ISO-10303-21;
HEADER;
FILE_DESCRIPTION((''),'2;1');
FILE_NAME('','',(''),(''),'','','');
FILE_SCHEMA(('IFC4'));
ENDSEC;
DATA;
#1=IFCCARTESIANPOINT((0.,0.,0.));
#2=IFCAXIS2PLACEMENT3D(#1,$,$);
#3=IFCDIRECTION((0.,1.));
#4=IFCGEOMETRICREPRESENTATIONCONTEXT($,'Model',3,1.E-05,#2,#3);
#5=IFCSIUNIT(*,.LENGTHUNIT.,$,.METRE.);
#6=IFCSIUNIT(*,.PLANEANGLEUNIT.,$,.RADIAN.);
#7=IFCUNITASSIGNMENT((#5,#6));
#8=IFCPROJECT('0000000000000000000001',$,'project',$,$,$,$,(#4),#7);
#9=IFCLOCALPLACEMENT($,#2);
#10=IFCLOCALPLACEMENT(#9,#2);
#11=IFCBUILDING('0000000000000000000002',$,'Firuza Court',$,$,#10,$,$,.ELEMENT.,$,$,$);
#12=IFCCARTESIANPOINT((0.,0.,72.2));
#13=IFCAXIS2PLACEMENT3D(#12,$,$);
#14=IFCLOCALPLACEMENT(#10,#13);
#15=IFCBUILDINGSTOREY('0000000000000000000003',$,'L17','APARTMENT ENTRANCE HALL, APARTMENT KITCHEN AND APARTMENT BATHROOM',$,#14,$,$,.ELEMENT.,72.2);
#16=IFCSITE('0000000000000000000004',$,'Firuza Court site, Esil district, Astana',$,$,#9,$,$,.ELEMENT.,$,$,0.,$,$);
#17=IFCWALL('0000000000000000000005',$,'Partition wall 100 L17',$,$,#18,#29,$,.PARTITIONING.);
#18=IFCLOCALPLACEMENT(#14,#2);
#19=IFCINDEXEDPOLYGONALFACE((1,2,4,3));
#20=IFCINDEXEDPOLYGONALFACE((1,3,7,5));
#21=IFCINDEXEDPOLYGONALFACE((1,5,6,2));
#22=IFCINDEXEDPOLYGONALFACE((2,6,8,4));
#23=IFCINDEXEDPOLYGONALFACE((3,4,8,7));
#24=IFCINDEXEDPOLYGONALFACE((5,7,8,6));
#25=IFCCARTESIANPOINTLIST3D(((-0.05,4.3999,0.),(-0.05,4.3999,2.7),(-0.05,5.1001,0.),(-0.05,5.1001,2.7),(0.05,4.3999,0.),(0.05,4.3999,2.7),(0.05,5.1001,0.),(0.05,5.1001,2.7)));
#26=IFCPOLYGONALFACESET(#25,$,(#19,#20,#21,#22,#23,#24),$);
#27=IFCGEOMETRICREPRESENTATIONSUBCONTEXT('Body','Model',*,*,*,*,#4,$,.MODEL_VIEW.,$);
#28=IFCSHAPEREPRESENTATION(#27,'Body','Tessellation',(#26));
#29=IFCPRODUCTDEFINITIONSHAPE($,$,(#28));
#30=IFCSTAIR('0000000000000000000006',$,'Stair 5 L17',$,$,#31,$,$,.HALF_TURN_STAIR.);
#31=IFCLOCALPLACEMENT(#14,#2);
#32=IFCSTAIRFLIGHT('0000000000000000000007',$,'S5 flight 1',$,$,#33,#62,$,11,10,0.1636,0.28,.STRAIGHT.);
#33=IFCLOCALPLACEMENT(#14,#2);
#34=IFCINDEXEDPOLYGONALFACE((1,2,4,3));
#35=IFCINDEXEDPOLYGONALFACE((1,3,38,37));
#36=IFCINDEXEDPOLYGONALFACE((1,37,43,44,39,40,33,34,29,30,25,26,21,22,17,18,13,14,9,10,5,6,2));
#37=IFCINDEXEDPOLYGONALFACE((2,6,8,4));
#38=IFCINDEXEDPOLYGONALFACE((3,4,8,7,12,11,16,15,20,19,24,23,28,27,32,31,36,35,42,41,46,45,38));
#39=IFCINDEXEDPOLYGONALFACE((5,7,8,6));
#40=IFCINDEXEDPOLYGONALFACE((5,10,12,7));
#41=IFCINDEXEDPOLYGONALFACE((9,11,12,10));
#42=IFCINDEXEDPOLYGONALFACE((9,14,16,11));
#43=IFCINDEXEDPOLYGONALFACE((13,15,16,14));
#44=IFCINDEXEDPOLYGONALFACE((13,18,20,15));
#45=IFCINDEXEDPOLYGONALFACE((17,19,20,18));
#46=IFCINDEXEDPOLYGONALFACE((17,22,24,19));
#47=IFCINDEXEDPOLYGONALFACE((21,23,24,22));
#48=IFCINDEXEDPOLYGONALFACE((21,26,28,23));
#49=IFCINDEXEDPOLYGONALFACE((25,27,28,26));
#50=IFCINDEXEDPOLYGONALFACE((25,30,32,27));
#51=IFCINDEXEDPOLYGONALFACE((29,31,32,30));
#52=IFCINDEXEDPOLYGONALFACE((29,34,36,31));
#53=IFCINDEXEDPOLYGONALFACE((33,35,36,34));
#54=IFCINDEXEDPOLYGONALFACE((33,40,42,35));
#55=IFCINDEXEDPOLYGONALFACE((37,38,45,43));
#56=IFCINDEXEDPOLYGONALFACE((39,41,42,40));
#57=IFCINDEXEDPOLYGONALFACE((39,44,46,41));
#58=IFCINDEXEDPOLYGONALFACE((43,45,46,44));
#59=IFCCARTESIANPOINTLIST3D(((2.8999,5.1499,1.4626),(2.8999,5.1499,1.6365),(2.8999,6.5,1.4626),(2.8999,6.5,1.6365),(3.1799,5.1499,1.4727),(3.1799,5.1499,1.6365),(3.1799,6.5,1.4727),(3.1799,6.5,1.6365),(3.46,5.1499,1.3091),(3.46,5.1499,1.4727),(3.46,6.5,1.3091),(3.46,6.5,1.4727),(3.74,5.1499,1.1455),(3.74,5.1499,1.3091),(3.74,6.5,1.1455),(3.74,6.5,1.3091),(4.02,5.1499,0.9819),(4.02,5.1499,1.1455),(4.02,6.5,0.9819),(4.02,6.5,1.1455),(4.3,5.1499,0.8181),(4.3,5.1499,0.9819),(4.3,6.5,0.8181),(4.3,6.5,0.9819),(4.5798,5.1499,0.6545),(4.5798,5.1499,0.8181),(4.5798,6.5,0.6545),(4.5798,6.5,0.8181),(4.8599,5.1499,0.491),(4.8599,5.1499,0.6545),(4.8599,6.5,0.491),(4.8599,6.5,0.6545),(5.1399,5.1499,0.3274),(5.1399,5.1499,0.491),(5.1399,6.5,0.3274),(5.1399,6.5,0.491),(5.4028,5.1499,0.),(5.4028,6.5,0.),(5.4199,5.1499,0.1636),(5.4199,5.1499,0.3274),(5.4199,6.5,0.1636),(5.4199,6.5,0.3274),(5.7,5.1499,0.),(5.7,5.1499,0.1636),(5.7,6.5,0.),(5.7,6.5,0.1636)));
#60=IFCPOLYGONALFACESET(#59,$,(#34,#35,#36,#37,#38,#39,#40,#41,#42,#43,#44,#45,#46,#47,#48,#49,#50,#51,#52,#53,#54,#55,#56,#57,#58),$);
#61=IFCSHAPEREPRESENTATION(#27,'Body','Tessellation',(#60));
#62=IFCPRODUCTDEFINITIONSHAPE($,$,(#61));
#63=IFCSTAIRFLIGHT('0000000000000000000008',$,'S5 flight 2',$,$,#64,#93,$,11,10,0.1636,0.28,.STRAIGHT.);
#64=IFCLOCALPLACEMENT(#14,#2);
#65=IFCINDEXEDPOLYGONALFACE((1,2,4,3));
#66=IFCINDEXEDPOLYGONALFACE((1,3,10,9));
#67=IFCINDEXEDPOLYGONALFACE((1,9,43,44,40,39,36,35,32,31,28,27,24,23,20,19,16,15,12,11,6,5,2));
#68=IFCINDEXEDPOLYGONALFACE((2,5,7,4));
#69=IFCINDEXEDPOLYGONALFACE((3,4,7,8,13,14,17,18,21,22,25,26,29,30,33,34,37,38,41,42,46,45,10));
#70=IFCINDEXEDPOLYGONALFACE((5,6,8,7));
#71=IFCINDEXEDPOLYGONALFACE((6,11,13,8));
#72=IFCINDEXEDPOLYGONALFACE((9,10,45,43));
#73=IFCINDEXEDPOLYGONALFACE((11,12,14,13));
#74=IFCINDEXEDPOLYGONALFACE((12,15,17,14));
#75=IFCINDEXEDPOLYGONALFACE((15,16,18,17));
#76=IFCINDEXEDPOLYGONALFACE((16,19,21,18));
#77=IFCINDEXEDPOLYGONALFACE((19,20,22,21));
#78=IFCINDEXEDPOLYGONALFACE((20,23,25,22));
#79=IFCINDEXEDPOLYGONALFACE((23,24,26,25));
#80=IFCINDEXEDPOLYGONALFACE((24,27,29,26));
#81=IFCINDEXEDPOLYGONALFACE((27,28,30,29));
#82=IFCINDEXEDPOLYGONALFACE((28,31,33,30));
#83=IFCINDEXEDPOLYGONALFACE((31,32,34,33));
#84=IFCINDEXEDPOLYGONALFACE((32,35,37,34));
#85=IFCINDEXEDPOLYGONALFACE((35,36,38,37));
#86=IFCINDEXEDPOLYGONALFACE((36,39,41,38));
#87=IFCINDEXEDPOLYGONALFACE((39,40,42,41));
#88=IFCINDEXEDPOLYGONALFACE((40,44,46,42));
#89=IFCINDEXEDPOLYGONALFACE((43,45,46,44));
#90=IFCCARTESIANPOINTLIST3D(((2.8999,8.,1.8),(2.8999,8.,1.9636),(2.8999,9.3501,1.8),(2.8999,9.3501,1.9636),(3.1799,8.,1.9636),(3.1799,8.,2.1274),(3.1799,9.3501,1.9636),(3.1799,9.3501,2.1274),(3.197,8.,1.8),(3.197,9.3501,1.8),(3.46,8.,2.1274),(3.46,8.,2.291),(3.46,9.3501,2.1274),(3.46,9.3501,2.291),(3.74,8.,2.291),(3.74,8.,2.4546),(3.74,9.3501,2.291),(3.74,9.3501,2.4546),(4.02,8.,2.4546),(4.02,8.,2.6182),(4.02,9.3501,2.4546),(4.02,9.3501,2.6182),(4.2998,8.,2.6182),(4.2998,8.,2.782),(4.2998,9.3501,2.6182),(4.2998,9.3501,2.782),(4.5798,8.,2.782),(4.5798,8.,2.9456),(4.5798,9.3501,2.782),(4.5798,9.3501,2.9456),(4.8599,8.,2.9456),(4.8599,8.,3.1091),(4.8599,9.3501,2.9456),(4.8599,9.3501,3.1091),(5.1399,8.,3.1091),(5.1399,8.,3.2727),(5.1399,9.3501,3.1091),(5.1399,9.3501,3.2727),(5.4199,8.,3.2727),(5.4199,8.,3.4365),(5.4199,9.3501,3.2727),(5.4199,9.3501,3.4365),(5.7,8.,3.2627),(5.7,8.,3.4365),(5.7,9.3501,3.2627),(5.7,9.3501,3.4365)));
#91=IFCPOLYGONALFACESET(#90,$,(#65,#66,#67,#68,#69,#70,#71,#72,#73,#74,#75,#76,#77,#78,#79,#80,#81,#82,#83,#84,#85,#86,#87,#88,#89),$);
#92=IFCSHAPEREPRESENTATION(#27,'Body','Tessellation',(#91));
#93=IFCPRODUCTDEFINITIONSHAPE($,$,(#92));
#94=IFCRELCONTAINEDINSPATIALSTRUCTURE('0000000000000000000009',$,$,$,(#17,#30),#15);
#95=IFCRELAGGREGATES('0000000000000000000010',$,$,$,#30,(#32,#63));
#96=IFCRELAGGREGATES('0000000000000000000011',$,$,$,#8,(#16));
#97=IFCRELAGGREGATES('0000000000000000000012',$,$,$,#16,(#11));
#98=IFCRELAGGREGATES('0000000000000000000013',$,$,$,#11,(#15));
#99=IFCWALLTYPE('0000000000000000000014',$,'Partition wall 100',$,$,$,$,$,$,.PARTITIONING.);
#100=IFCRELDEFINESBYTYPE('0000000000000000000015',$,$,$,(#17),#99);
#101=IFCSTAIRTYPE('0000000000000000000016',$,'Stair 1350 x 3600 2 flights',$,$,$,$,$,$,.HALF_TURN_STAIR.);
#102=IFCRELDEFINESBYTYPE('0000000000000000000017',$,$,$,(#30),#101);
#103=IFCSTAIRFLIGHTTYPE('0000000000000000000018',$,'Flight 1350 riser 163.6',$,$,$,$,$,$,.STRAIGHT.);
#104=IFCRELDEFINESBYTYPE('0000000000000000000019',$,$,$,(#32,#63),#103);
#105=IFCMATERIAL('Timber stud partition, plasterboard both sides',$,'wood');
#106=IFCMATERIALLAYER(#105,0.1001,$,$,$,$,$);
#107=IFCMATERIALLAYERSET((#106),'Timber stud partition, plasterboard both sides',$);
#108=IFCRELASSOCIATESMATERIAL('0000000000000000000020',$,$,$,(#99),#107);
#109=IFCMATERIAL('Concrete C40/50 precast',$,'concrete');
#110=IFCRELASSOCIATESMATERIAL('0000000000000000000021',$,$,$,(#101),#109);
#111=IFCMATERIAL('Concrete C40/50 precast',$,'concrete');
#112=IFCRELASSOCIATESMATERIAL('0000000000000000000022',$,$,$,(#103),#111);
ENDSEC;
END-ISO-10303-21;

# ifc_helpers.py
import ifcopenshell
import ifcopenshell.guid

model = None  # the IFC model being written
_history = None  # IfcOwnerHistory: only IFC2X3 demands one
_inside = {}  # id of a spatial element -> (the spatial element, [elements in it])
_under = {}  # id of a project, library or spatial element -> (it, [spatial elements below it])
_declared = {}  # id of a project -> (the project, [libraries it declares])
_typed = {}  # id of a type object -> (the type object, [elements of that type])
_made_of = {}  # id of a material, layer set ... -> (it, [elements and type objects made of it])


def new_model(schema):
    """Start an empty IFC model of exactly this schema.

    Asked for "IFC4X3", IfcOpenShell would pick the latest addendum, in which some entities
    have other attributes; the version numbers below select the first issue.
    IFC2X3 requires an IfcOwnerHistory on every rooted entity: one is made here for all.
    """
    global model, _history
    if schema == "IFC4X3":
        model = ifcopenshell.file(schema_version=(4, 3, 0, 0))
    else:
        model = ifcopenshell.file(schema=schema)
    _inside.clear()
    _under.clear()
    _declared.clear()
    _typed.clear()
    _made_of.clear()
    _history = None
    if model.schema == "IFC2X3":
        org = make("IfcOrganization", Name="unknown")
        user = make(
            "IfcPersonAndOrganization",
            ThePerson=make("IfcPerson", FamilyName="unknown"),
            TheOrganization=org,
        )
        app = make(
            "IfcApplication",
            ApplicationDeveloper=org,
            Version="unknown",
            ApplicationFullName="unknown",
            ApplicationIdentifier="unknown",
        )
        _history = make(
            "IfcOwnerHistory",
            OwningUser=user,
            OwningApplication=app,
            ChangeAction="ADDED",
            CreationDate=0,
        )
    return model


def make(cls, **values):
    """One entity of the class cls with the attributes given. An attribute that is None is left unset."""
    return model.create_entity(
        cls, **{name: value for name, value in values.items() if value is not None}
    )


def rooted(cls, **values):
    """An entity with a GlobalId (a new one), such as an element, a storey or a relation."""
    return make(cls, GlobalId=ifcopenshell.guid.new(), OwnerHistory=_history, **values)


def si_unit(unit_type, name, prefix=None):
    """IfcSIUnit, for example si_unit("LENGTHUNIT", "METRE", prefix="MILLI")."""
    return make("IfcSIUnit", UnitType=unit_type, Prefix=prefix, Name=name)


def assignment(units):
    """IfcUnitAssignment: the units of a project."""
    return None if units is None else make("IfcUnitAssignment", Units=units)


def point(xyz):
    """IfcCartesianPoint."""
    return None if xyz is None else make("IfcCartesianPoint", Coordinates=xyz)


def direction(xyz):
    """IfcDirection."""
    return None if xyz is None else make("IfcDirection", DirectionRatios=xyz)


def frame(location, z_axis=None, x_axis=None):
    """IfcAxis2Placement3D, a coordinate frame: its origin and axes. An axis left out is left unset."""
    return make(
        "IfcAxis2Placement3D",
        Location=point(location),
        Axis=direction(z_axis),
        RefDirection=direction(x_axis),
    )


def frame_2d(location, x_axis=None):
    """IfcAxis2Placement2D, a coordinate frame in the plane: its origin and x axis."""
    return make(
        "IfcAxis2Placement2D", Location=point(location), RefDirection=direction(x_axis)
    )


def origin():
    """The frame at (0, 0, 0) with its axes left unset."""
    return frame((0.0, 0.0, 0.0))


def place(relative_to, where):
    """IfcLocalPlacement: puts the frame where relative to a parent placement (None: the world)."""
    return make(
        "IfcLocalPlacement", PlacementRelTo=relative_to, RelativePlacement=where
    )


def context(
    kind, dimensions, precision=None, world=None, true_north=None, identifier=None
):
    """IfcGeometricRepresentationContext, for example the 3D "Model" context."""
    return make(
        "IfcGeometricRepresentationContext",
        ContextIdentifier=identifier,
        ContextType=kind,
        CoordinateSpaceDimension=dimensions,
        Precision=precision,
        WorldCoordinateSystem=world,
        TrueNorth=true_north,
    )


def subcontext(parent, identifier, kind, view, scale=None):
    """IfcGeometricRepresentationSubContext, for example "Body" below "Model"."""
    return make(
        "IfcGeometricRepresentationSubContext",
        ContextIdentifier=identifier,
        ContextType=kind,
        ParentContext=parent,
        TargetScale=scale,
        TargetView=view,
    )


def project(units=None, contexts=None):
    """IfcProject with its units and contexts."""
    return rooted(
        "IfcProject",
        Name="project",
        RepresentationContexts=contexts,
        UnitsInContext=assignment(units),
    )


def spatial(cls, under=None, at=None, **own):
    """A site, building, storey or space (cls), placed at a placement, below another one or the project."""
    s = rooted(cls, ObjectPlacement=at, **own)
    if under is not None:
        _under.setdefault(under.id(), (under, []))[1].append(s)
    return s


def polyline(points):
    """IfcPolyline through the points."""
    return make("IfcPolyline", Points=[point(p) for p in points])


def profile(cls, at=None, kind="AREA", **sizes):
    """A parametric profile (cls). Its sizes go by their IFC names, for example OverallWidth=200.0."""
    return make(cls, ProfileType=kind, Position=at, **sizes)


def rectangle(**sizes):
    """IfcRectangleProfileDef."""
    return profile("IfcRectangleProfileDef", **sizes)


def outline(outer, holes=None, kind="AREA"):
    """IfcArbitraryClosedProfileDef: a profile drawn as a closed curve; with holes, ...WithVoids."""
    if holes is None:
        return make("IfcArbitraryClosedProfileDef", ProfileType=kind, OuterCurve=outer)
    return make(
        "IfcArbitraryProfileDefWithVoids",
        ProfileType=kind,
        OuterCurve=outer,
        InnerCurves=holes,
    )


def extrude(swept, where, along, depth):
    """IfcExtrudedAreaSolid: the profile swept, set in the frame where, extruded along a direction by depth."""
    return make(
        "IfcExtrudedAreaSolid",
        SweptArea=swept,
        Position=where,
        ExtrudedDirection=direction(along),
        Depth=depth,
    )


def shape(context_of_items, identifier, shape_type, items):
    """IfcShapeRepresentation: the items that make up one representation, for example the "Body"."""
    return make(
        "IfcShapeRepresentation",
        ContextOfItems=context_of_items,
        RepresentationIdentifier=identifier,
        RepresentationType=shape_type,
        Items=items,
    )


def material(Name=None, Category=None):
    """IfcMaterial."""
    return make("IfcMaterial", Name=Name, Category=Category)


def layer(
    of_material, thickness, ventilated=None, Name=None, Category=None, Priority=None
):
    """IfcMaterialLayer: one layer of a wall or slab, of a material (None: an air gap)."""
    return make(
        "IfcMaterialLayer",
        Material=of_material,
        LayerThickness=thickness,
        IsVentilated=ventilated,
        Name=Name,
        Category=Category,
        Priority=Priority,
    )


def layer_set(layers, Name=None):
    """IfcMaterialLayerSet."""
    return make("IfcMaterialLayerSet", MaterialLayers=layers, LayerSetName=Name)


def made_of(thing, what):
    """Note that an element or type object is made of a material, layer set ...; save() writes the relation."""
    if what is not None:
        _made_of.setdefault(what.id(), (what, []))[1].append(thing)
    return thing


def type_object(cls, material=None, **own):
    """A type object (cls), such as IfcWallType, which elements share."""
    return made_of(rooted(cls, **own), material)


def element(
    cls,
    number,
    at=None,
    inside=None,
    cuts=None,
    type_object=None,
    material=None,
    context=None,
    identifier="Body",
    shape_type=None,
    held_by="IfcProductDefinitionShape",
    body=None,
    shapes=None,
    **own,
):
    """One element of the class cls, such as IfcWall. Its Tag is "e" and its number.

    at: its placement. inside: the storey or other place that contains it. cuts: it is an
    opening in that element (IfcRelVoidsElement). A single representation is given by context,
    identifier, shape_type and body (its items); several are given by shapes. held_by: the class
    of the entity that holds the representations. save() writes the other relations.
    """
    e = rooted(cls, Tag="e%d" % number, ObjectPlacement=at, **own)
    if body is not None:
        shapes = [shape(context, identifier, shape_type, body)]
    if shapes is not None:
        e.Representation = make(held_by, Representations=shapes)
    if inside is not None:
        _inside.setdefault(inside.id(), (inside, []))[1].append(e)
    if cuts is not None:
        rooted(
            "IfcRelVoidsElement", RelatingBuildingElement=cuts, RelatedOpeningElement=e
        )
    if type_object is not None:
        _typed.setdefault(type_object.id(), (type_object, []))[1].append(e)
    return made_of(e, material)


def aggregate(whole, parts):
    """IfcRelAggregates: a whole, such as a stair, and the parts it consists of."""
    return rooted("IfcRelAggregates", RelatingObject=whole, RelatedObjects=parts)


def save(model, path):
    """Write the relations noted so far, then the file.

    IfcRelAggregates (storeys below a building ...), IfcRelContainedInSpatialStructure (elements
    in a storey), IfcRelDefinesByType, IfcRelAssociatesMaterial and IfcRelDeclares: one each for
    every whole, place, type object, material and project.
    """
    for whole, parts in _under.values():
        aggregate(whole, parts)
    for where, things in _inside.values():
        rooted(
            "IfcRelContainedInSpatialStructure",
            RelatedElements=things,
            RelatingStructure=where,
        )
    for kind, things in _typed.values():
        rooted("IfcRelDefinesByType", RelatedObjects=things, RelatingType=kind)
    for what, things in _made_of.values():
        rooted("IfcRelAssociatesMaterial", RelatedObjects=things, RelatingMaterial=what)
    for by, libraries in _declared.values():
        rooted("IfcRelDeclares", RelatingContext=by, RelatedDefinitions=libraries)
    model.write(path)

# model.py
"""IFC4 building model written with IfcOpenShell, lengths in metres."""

from ifc_helpers import new_model, si_unit, direction, frame, frame_2d, origin, place, context, subcontext, project, spatial, polyline, rectangle, outline, extrude, material, layer, layer_set, type_object, element, aggregate, save


model = new_model("IFC4")

# Units and contexts
model_context = context("Model", 3, precision=1e-05, world=origin(), true_north=direction((0.0, 1.0)))
body_context = subcontext(model_context, "Body", "Model", "MODEL_VIEW")
ifc_project = project(units=[si_unit("LENGTHUNIT", "METRE"), si_unit("PLANEANGLEUNIT", "RADIAN")], contexts=[model_context])

# Site, building, storey
site_placement = place(None, origin())
site = spatial("IfcSite", under=ifc_project, at=site_placement, Name="Firuza Court site, Esil district, Astana", CompositionType="ELEMENT", RefElevation=0.0)
building_placement = place(site_placement, origin())
building = spatial("IfcBuilding", under=site, at=building_placement, Name="Firuza Court", CompositionType="ELEMENT")
storey_placement = place(building_placement, frame((0.0, 0.0, 72.2)))
storey = spatial("IfcBuildingStorey", under=building, at=storey_placement, Name="L17", Description="APARTMENT ENTRANCE HALL, APARTMENT KITCHEN AND APARTMENT BATHROOM", CompositionType="ELEMENT", Elevation=72.2)

# Wall
ifc_material_1 = material(Name="Timber stud partition, plasterboard both sides", Category="wood")
ifc_layer_1 = layer(ifc_material_1, 0.1001)
ifc_layer_set_1 = layer_set([ifc_layer_1], Name="Timber stud partition, plasterboard both sides")
wall_type_1 = type_object("IfcWallType", Name="Partition wall 100", PredefinedType="PARTITIONING", material=ifc_layer_set_1)
wall_1_placement = place(storey_placement, frame((0.0, 4.3999, 0.0), z_axis=(0.0, 0.0, 1.0), x_axis=(0.0, 1.0, 0.0)))
element("IfcWall", 1, at=wall_1_placement, inside=storey, type_object=wall_type_1, Name="Partition wall 100 L17", PredefinedType="PARTITIONING", context=body_context, shape_type="SweptSolid", body=[
    extrude(rectangle(XDim=0.7002, YDim=0.1001, at=frame_2d((0.3501, 0.0))), origin(), (0.0, 0.0, 1.0), 2.7),
])

# Stair, stair flights
ifc_material_2 = material(Name="Concrete C40/50 precast", Category="concrete")
stair_type = type_object("IfcStairType", Name="Stair 1350 x 3600 2 flights", PredefinedType="HALF_TURN_STAIR", material=ifc_material_2)
stair_placement = place(storey_placement, origin())
stair = element("IfcStair", 2, at=stair_placement, inside=storey, type_object=stair_type, Name="Stair 5 L17", PredefinedType="HALF_TURN_STAIR")
ifc_material_3 = material(Name="Concrete C40/50 precast", Category="concrete")
stair_flight_type = type_object("IfcStairFlightType", Name="Flight 1350 riser 163.6", PredefinedType="STRAIGHT", material=ifc_material_3)
stair_flight_1_placement = place(storey_placement, frame((5.7, 5.825, 0.0), z_axis=(0.0, 0.0, 1.0), x_axis=(-1.0, 0.0, 0.0)))
stair_flight_1 = element("IfcStairFlight", 3, at=stair_flight_1_placement, type_object=stair_flight_type, Name="S5 flight 1", NumberOfRisers=11, NumberOfTreads=10, PredefinedType="STRAIGHT", RiserHeight=0.1636, TreadLength=0.28, context=body_context, shape_type="SweptSolid", body=[
    extrude(outline(polyline([(0.0, 0.0), (0.0, 0.1636), (0.28, 0.1636), (0.28, 0.3274), (0.5601, 0.3274), (0.5601, 0.491), (0.8401, 0.491), (0.8401, 0.6545), (1.1201, 0.6545), (1.1201, 0.8181), (1.3999, 0.8181), (1.3999, 0.9819), (1.6799, 0.9819), (1.6799, 1.1455), (1.96, 1.1455), (1.96, 1.3091), (2.24, 1.3091), (2.24, 1.4727), (2.52, 1.4727), (2.52, 1.6365), (2.8, 1.6365), (2.8, 1.8), (2.8, 1.4626), (0.2971, 0.0), (0.0, 0.0)])), frame((0.0, 0.675, 0.0), z_axis=(0.0, -1.0, 0.0), x_axis=(1.0, 0.0, 0.0)), (0.0, 0.0, 1.0), 1.3501),
])
stair_flight_2_placement = place(storey_placement, frame((2.8999, 8.675, 1.8), z_axis=(0.0, 0.0, 1.0), x_axis=(1.0, 0.0, 0.0)))
stair_flight_2 = element("IfcStairFlight", 4, at=stair_flight_2_placement, type_object=stair_flight_type, Name="S5 flight 2", NumberOfRisers=11, NumberOfTreads=10, PredefinedType="STRAIGHT", RiserHeight=0.1636, TreadLength=0.28, context=body_context, shape_type="SweptSolid", body=[
    extrude(outline(polyline([(0.0, 0.0), (0.0, 0.1636), (0.28, 0.1636), (0.28, 0.3274), (0.5601, 0.3274), (0.5601, 0.491), (0.8401, 0.491), (0.8401, 0.6545), (1.1201, 0.6545), (1.1201, 0.8181), (1.3999, 0.8181), (1.3999, 0.9819), (1.6799, 0.9819), (1.6799, 1.1455), (1.96, 1.1455), (1.96, 1.3091), (2.24, 1.3091), (2.24, 1.4727), (2.52, 1.4727), (2.52, 1.6365), (2.8, 1.6365), (2.8, 1.8), (2.8, 1.4626), (0.2971, 0.0), (0.0, 0.0)])), frame((0.0, 0.675, 0.0), z_axis=(0.0, -1.0, 0.0), x_axis=(1.0, 0.0, 0.0)), (0.0, 0.0, 1.0), 1.3501),
])
aggregate(stair, [stair_flight_1, stair_flight_2])

save(model, "model.ifc")
